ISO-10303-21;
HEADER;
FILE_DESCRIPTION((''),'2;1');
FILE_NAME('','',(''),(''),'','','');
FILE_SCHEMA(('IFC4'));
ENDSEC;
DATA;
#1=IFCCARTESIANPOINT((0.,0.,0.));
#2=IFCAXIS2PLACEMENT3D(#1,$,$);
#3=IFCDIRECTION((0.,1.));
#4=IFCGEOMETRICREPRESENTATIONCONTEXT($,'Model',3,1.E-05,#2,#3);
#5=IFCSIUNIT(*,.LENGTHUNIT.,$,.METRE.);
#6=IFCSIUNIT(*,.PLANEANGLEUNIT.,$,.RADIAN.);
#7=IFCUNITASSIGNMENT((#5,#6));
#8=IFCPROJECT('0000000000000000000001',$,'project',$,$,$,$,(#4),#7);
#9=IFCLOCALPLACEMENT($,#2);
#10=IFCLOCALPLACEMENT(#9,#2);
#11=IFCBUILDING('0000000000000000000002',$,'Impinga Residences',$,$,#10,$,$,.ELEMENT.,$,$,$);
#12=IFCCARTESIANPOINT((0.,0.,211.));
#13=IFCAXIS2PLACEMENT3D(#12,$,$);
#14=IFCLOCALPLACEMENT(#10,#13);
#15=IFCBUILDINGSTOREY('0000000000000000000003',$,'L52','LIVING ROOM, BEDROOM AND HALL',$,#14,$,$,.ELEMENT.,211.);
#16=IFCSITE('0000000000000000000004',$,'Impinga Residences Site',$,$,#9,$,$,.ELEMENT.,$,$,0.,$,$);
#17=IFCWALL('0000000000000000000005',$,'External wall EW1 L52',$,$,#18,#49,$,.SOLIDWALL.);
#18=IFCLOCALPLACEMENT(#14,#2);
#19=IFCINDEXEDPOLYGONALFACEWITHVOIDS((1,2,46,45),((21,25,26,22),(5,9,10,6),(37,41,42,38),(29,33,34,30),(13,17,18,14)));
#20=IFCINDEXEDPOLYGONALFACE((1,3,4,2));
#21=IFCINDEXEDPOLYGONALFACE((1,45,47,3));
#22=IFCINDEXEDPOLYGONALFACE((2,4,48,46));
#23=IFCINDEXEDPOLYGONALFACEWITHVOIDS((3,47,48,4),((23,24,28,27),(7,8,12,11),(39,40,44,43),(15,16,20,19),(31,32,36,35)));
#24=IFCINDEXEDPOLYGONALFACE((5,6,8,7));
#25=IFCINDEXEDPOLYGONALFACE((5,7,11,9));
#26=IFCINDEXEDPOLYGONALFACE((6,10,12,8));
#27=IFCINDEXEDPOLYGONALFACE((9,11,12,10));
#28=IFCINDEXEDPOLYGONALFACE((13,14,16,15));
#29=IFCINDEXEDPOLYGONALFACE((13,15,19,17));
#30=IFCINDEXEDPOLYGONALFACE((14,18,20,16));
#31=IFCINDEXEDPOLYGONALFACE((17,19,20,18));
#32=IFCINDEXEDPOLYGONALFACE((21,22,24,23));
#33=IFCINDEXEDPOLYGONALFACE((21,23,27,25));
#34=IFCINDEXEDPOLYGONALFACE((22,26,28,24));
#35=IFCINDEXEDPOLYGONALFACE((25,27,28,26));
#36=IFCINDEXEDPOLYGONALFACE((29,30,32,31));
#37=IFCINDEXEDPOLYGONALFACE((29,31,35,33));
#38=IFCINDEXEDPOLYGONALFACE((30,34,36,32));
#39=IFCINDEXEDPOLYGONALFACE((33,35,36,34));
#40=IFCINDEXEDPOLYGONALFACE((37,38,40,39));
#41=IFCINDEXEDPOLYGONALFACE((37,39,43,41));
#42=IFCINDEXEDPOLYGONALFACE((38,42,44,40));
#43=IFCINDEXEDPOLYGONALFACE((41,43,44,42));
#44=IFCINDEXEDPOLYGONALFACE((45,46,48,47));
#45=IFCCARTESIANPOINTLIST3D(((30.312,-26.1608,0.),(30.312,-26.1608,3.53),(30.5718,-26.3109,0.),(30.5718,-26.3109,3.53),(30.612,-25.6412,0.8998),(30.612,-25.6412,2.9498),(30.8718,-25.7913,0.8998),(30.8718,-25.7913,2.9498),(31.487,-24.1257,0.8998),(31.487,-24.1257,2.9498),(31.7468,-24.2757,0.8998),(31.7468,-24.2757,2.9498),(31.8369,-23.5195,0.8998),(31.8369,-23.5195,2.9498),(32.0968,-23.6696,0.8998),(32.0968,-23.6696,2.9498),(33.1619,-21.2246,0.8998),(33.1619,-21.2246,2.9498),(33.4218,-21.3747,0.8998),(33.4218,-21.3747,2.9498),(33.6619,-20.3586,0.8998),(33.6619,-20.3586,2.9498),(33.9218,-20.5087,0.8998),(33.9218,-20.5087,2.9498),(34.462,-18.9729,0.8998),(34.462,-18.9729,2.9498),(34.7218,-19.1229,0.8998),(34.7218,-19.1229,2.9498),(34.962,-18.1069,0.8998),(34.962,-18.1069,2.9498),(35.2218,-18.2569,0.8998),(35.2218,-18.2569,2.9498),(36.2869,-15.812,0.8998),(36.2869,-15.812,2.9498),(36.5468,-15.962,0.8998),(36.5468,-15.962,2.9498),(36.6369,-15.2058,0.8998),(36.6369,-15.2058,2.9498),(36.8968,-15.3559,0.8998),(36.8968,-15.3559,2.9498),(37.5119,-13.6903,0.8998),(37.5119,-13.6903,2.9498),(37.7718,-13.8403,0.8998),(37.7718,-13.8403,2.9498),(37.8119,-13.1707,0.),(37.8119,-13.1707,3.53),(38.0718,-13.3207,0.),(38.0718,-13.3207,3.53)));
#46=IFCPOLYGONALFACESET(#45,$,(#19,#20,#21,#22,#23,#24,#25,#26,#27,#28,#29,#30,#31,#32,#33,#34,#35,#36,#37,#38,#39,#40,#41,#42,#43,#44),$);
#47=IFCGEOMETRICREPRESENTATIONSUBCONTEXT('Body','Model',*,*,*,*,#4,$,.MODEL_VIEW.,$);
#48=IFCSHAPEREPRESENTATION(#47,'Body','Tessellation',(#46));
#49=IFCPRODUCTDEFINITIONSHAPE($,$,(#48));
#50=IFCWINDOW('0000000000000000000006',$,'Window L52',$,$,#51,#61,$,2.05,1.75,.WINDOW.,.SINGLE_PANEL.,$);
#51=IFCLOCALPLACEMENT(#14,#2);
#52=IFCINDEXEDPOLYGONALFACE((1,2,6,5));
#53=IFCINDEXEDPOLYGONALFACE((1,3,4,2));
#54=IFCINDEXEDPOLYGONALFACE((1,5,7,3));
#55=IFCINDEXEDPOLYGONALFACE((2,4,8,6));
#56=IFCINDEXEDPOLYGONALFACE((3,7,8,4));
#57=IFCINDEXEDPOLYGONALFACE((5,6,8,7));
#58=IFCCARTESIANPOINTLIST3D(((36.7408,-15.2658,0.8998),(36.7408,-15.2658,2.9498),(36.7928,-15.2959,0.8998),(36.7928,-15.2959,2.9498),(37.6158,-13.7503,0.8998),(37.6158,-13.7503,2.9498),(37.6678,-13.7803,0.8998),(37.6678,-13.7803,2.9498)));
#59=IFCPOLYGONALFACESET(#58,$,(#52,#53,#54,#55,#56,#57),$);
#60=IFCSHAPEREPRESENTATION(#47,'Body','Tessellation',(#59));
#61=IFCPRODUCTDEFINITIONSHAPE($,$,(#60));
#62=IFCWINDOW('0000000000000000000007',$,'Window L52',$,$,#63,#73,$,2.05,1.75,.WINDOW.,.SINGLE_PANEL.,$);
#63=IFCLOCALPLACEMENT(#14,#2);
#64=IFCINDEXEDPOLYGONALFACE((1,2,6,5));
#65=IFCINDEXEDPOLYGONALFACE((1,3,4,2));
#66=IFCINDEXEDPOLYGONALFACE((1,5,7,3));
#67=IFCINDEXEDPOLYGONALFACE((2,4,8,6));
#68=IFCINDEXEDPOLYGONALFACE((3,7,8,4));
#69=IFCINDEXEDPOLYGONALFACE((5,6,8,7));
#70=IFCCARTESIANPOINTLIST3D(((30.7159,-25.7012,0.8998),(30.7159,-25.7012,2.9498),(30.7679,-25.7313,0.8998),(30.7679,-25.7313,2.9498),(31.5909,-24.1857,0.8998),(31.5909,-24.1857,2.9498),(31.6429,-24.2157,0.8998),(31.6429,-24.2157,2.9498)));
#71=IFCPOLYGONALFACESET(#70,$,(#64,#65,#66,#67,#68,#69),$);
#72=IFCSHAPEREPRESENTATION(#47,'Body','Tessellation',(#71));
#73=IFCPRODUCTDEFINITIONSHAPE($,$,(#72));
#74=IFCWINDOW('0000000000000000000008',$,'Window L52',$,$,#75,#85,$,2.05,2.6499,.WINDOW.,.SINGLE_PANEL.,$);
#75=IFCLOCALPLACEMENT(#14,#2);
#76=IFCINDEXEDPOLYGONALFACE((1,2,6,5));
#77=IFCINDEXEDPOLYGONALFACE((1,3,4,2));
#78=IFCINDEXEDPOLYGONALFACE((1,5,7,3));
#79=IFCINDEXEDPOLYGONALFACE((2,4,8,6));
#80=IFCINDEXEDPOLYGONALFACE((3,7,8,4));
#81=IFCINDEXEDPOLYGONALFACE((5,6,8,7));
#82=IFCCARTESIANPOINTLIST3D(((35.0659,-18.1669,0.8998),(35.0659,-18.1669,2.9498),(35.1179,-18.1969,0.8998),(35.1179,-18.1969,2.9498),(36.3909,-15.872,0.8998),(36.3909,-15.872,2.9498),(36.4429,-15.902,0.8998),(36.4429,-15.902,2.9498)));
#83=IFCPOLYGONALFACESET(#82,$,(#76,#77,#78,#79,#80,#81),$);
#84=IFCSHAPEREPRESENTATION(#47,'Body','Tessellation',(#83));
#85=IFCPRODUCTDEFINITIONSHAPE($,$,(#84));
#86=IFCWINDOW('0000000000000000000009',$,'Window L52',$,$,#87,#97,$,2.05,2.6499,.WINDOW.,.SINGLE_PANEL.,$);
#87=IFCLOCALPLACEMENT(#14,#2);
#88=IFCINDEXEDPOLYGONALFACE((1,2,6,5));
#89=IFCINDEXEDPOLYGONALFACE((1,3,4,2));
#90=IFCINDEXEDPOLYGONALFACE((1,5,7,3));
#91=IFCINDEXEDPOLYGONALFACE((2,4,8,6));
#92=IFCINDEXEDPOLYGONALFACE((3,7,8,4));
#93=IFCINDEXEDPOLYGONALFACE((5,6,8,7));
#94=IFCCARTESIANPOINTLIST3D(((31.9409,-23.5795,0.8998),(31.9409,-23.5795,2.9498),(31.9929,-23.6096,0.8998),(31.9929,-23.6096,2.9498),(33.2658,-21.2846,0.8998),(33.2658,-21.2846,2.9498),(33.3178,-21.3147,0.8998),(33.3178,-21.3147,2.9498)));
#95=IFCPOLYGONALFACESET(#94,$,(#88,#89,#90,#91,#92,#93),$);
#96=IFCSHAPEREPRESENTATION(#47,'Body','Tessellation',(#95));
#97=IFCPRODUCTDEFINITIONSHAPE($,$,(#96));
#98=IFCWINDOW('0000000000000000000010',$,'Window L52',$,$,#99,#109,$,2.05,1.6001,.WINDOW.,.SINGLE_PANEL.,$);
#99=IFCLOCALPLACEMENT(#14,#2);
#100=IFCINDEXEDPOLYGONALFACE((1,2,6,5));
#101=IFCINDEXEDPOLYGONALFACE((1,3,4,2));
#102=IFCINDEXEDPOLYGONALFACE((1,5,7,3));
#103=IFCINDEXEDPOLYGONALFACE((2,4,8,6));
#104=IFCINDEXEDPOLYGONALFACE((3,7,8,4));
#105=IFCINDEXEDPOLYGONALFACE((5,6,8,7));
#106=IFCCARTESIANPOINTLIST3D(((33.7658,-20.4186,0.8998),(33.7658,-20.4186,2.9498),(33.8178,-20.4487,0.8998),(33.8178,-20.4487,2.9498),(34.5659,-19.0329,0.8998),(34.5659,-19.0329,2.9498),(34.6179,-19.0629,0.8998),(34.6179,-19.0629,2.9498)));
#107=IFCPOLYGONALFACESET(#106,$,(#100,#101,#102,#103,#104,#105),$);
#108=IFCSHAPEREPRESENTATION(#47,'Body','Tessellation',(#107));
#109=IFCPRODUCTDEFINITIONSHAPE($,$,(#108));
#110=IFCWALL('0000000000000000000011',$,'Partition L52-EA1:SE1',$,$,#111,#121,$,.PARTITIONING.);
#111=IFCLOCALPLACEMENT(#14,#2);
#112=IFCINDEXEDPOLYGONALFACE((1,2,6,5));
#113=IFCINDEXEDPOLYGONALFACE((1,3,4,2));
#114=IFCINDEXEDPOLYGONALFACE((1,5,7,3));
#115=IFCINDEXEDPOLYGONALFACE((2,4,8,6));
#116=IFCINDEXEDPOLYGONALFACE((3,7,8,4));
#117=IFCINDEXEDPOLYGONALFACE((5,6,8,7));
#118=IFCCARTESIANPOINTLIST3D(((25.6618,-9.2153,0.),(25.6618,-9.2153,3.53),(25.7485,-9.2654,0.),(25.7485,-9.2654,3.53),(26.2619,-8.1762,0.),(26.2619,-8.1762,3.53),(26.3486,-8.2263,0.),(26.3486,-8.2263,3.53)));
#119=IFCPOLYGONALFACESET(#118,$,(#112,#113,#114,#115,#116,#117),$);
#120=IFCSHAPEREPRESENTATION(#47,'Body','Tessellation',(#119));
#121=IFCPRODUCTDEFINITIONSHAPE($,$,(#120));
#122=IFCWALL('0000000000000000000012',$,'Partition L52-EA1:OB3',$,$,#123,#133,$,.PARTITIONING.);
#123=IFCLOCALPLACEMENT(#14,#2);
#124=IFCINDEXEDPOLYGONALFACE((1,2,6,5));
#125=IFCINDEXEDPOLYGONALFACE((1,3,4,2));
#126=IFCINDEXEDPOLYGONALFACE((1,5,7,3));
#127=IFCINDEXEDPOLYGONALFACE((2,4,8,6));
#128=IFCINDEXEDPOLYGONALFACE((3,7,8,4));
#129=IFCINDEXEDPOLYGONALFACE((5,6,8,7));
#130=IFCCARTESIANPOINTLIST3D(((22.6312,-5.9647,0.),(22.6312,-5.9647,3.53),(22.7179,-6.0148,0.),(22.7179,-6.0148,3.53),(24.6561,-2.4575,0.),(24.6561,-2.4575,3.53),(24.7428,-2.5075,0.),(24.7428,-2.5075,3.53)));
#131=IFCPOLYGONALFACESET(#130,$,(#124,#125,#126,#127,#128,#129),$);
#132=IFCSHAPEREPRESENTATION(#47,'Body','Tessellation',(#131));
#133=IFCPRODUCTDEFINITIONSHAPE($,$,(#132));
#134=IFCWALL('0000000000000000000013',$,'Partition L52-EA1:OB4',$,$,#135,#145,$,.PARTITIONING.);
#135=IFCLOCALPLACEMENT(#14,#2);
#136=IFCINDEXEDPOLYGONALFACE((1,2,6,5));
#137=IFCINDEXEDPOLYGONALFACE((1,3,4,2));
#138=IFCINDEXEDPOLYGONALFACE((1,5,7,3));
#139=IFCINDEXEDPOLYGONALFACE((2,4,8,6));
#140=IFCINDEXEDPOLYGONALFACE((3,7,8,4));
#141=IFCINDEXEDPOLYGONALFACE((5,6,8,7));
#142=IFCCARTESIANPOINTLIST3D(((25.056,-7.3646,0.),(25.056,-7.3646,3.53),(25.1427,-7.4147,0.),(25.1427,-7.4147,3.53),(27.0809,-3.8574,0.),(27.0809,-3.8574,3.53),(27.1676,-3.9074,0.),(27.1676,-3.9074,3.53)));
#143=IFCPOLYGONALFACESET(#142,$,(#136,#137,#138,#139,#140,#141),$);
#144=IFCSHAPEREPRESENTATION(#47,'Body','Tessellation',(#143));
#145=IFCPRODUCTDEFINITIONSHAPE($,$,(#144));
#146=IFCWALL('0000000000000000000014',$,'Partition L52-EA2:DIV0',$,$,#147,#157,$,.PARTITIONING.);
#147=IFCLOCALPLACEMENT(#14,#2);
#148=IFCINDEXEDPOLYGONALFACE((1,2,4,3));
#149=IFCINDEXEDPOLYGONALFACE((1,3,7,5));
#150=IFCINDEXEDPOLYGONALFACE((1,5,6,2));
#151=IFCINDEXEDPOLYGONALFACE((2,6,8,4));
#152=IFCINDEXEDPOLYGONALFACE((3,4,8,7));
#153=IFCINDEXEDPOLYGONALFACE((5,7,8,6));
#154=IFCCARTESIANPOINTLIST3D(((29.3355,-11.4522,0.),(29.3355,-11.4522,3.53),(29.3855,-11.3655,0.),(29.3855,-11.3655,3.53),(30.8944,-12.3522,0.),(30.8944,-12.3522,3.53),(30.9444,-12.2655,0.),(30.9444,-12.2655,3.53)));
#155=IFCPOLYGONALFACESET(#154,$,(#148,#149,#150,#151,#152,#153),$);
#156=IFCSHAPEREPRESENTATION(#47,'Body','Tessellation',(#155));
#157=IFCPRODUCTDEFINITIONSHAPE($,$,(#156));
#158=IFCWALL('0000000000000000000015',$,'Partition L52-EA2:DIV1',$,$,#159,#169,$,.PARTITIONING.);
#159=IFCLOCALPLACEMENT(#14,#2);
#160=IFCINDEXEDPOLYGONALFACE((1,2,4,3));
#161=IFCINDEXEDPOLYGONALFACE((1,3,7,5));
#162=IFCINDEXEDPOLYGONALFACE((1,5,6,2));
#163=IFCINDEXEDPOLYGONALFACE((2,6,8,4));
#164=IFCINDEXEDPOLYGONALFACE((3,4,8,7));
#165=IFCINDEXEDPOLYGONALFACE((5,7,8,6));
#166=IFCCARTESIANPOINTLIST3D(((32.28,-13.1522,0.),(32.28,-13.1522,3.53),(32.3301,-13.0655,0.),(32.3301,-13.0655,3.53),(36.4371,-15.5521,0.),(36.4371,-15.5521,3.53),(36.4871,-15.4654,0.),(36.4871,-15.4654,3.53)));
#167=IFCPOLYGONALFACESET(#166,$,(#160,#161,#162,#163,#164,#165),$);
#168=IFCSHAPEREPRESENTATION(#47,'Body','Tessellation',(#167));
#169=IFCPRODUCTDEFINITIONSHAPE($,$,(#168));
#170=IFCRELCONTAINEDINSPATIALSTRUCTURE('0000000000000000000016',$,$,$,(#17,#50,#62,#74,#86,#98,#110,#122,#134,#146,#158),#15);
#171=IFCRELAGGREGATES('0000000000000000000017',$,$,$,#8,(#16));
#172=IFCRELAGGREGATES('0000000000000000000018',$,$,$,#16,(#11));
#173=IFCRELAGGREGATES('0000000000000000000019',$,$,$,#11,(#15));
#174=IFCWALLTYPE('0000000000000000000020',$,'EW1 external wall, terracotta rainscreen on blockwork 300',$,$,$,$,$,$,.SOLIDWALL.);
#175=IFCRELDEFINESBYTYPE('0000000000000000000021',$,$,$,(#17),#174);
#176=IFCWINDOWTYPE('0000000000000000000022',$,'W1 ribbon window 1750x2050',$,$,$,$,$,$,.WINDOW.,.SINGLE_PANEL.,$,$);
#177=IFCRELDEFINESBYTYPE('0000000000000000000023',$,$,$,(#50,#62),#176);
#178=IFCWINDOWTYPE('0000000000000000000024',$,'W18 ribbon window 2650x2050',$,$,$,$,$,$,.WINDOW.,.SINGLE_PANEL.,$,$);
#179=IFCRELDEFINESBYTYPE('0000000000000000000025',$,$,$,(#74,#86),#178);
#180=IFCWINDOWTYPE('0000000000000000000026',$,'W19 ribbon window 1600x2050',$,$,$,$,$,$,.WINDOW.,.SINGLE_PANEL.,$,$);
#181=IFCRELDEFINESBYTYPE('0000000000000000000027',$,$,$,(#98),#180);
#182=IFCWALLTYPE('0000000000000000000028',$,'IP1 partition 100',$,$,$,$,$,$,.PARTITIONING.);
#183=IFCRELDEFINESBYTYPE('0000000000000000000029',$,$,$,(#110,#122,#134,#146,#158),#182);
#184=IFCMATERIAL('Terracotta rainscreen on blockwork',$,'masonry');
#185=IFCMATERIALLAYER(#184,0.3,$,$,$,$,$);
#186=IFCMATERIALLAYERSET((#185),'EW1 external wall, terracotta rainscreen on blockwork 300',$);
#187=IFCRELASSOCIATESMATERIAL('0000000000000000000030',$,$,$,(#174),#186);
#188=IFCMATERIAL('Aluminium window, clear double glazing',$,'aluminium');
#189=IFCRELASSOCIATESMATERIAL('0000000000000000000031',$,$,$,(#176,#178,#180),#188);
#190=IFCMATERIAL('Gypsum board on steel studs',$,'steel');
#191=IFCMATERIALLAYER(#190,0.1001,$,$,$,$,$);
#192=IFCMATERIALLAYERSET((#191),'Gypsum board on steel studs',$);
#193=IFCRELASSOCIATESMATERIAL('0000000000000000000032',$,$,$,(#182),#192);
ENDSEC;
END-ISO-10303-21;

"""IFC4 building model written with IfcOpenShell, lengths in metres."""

from ifc_helpers import new_model, si_unit, direction, frame, frame_2d, origin, place, context, subcontext, project, spatial, rectangle, extrude, material, layer, layer_set, type_object, element, fill, save


model = new_model("IFC4")

# Units and contexts
model_context = context("Model", 3, precision=1e-05, world=origin(), true_north=direction((0.0, 1.0)))
body_context = subcontext(model_context, "Body", "Model", "MODEL_VIEW")
ifc_project = project(units=[si_unit("LENGTHUNIT", "METRE"), si_unit("PLANEANGLEUNIT", "RADIAN")], contexts=[model_context])

# Site, building, storey
site_placement = place(None, origin())
site = spatial("IfcSite", under=ifc_project, at=site_placement, Name="Impinga Residences Site", CompositionType="ELEMENT", RefElevation=0.0)
building_placement = place(site_placement, origin())
building = spatial("IfcBuilding", under=site, at=building_placement, Name="Impinga Residences", CompositionType="ELEMENT")
storey_placement = place(building_placement, frame((0.0, 0.0, 211.0)))
storey = spatial("IfcBuildingStorey", under=building, at=storey_placement, Name="L52", Description="LIVING ROOM, BEDROOM AND HALL", CompositionType="ELEMENT", Elevation=211.0)

# Shared definitions
ifc_material_1 = material(Name="Terracotta rainscreen on blockwork", Category="masonry")
ifc_layer_1 = layer(ifc_material_1, 0.3)
ifc_layer_set_1 = layer_set([ifc_layer_1], Name="EW1 external wall, terracotta rainscreen on blockwork 300")
wall_type_1 = type_object("IfcWallType", Name="EW1 external wall, terracotta rainscreen on blockwork 300", PredefinedType="SOLIDWALL", material=ifc_layer_set_1)

# Wall, openings, windows
wall_1_placement = place(storey_placement, frame((37.9419, -13.2456, 0.0), z_axis=(0.0, 0.0, 1.0), x_axis=(-0.500004, -0.866023, 0.0)))
wall_1 = element("IfcWall", 1, at=wall_1_placement, inside=storey, type_object=wall_type_1, Name="External wall EW1 L52", PredefinedType="SOLIDWALL", context=body_context, shape_type="SweptSolid", body=[
    extrude(rectangle(XDim=14.9998, YDim=0.3, at=frame_2d((7.5, 0.0))), origin(), (0.0, 0.0, 1.0), 3.53),
])
opening_1_placement = place(wall_1_placement, frame((0.6001, 0.0, 0.8999)))
opening_1 = element("IfcOpeningElement", 2, at=opening_1_placement, cuts=wall_1, PredefinedType="OPENING", context=body_context, shape_type="SweptSolid", body=[
    extrude(rectangle(XDim=1.75, YDim=2.05, at=frame_2d((0.875, 1.0249))), frame((0.0, 0.1599, 0.0), z_axis=(0.0, -1.0, 0.0), x_axis=(1.0, 0.0, 0.0)), (0.0, 0.0, 1.0), 0.3201),
])
opening_2_placement = place(wall_1_placement, frame((3.05, 0.0, 0.8999)))
opening_2 = element("IfcOpeningElement", 3, at=opening_2_placement, cuts=wall_1, PredefinedType="OPENING", context=body_context, shape_type="SweptSolid", body=[
    extrude(rectangle(XDim=2.6499, YDim=2.05, at=frame_2d((1.325, 1.0249))), frame((0.0, 0.1599, 0.0), z_axis=(0.0, -1.0, 0.0), x_axis=(1.0, 0.0, 0.0)), (0.0, 0.0, 1.0), 0.3201),
])
opening_3_placement = place(wall_1_placement, frame((6.7, 0.0, 0.8999)))
opening_3 = element("IfcOpeningElement", 4, at=opening_3_placement, cuts=wall_1, PredefinedType="OPENING", context=body_context, shape_type="SweptSolid", body=[
    extrude(rectangle(XDim=1.6001, YDim=2.05, at=frame_2d((0.8, 1.0249))), frame((0.0, 0.1599, 0.0), z_axis=(0.0, -1.0, 0.0), x_axis=(1.0, 0.0, 0.0)), (0.0, 0.0, 1.0), 0.3201),
])
opening_4_placement = place(wall_1_placement, frame((9.3, 0.0, 0.8999)))
opening_4 = element("IfcOpeningElement", 5, at=opening_4_placement, cuts=wall_1, PredefinedType="OPENING", context=body_context, shape_type="SweptSolid", body=[
    extrude(rectangle(XDim=2.6499, YDim=2.05, at=frame_2d((1.325, 1.0249))), frame((0.0, 0.1599, 0.0), z_axis=(0.0, -1.0, 0.0), x_axis=(1.0, 0.0, 0.0)), (0.0, 0.0, 1.0), 0.3201),
])
opening_5_placement = place(wall_1_placement, frame((12.6499, 0.0, 0.8999)))
opening_5 = element("IfcOpeningElement", 6, at=opening_5_placement, cuts=wall_1, PredefinedType="OPENING", context=body_context, shape_type="SweptSolid", body=[
    extrude(rectangle(XDim=1.75, YDim=2.05, at=frame_2d((0.875, 1.0249))), frame((0.0, 0.1599, 0.0), z_axis=(0.0, -1.0, 0.0), x_axis=(1.0, 0.0, 0.0)), (0.0, 0.0, 1.0), 0.3201),
])
ifc_material_2 = material(Name="Aluminium window, clear double glazing", Category="aluminium")
window_type_1 = type_object("IfcWindowType", Name="W1 ribbon window 1750x2050", PartitioningType="SINGLE_PANEL", PredefinedType="WINDOW", material=ifc_material_2)
window_1_placement = place(opening_1_placement, origin())
window_1 = element("IfcWindow", 7, at=window_1_placement, inside=storey, type_object=window_type_1, Name="Window L52", OverallHeight=2.05, OverallWidth=1.75, PartitioningType="SINGLE_PANEL", PredefinedType="WINDOW", context=body_context, shape_type="SweptSolid", body=[
    extrude(rectangle(XDim=1.75, YDim=2.05, at=frame_2d((0.875, 1.0249))), frame((0.0, 0.03, 0.0), z_axis=(0.0, -1.0, 0.0), x_axis=(1.0, 0.0, 0.0)), (0.0, 0.0, 1.0), 0.0601),
])
fill(opening_1, window_1)
window_2_placement = place(opening_5_placement, origin())
window_2 = element("IfcWindow", 8, at=window_2_placement, inside=storey, type_object=window_type_1, Name="Window L52", OverallHeight=2.05, OverallWidth=1.75, PartitioningType="SINGLE_PANEL", PredefinedType="WINDOW", context=body_context, shape_type="SweptSolid", body=[
    extrude(rectangle(XDim=1.75, YDim=2.05, at=frame_2d((0.875, 1.0249))), frame((0.0, 0.03, 0.0), z_axis=(0.0, -1.0, 0.0), x_axis=(1.0, 0.0, 0.0)), (0.0, 0.0, 1.0), 0.0601),
])
fill(opening_5, window_2)
window_type_2 = type_object("IfcWindowType", Name="W18 ribbon window 2650x2050", PartitioningType="SINGLE_PANEL", PredefinedType="WINDOW", material=ifc_material_2)
window_3_placement = place(opening_2_placement, origin())
window_3 = element("IfcWindow", 9, at=window_3_placement, inside=storey, type_object=window_type_2, Name="Window L52", OverallHeight=2.05, OverallWidth=2.6499, PartitioningType="SINGLE_PANEL", PredefinedType="WINDOW", context=body_context, shape_type="SweptSolid", body=[
    extrude(rectangle(XDim=2.6499, YDim=2.05, at=frame_2d((1.325, 1.0249))), frame((0.0, 0.03, 0.0), z_axis=(0.0, -1.0, 0.0), x_axis=(1.0, 0.0, 0.0)), (0.0, 0.0, 1.0), 0.0601),
])
fill(opening_2, window_3)
window_4_placement = place(opening_4_placement, origin())
window_4 = element("IfcWindow", 10, at=window_4_placement, inside=storey, type_object=window_type_2, Name="Window L52", OverallHeight=2.05, OverallWidth=2.6499, PartitioningType="SINGLE_PANEL", PredefinedType="WINDOW", context=body_context, shape_type="SweptSolid", body=[
    extrude(rectangle(XDim=2.6499, YDim=2.05, at=frame_2d((1.325, 1.0249))), frame((0.0, 0.03, 0.0), z_axis=(0.0, -1.0, 0.0), x_axis=(1.0, 0.0, 0.0)), (0.0, 0.0, 1.0), 0.0601),
])
fill(opening_4, window_4)
window_type_3 = type_object("IfcWindowType", Name="W19 ribbon window 1600x2050", PartitioningType="SINGLE_PANEL", PredefinedType="WINDOW", material=ifc_material_2)
window_5_placement = place(opening_3_placement, origin())
window_5 = element("IfcWindow", 11, at=window_5_placement, inside=storey, type_object=window_type_3, Name="Window L52", OverallHeight=2.05, OverallWidth=1.6001, PartitioningType="SINGLE_PANEL", PredefinedType="WINDOW", context=body_context, shape_type="SweptSolid", body=[
    extrude(rectangle(XDim=1.6001, YDim=2.05, at=frame_2d((0.8, 1.0249))), frame((0.0, 0.03, 0.0), z_axis=(0.0, -1.0, 0.0), x_axis=(1.0, 0.0, 0.0)), (0.0, 0.0, 1.0), 0.0601),
])
fill(opening_3, window_5)

# Walls
ifc_material_3 = material(Name="Gypsum board on steel studs", Category="steel")
ifc_layer_2 = layer(ifc_material_3, 0.1001)
ifc_layer_set_2 = layer_set([ifc_layer_2], Name="Gypsum board on steel studs")
wall_type_2 = type_object("IfcWallType", Name="IP1 partition 100", PredefinedType="PARTITIONING", material=ifc_layer_set_2)
wall_2_placement = place(storey_placement, frame((25.7051, -9.2405, 0.0), z_axis=(0.0, 0.0, 1.0), x_axis=(0.500122, 0.865955, 0.0)))
element("IfcWall", 12, at=wall_2_placement, inside=storey, type_object=wall_type_2, Name="Partition L52-EA1:SE1", PredefinedType="PARTITIONING", context=body_context, shape_type="SweptSolid", body=[
    extrude(rectangle(XDim=1.2, YDim=0.1001, at=frame_2d((0.6001, 0.0))), origin(), (0.0, 0.0, 1.0), 3.53),
])
for number, where, z_axis, x_axis, name in (
    (13, (22.6746, -5.9897, 0.0), (0.0, 0.0, 1.0), (0.49999, 0.866031, 0.0), "Partition L52-EA1:OB3"),
    (14, (25.0994, -7.3896, 0.0), (0.0, 0.0, 1.0), (0.49999, 0.866031, 0.0), "Partition L52-EA1:OB4"),
):
    element("IfcWall", number, at=place(storey_placement, frame(where, z_axis=z_axis, x_axis=x_axis)), inside=storey, type_object=wall_type_2, Name=name, PredefinedType="PARTITIONING", context=body_context, shape_type="SweptSolid", body=[
        extrude(rectangle(XDim=4.0498, YDim=0.1001, at=frame_2d((2.0249, 0.0))), origin(), (0.0, 0.0, 1.0), 3.53),
    ])
wall_3_placement = place(storey_placement, frame((29.3606, -11.4089, 0.0), z_axis=(0.0, 0.0, 1.0), x_axis=(0.866048, -0.499961, 0.0)))
element("IfcWall", 15, at=wall_3_placement, inside=storey, type_object=wall_type_2, Name="Partition L52-EA2:DIV0", PredefinedType="PARTITIONING", context=body_context, shape_type="SweptSolid", body=[
    extrude(rectangle(XDim=1.8, YDim=0.1001, at=frame_2d((0.8999, 0.0))), origin(), (0.0, 0.0, 1.0), 3.53),
])
wall_4_placement = place(storey_placement, frame((32.3052, -13.1089, 0.0), z_axis=(0.0, 0.0, 1.0), x_axis=(0.866037, -0.499979, 0.0)))
element("IfcWall", 16, at=wall_4_placement, inside=storey, type_object=wall_type_2, Name="Partition L52-EA2:DIV1", PredefinedType="PARTITIONING", context=body_context, shape_type="SweptSolid", body=[
    extrude(rectangle(XDim=4.8, YDim=0.1001, at=frame_2d((2.3999, 0.0))), origin(), (0.0, 0.0, 1.0), 3.53),
])

save(model, "model.ifc")
